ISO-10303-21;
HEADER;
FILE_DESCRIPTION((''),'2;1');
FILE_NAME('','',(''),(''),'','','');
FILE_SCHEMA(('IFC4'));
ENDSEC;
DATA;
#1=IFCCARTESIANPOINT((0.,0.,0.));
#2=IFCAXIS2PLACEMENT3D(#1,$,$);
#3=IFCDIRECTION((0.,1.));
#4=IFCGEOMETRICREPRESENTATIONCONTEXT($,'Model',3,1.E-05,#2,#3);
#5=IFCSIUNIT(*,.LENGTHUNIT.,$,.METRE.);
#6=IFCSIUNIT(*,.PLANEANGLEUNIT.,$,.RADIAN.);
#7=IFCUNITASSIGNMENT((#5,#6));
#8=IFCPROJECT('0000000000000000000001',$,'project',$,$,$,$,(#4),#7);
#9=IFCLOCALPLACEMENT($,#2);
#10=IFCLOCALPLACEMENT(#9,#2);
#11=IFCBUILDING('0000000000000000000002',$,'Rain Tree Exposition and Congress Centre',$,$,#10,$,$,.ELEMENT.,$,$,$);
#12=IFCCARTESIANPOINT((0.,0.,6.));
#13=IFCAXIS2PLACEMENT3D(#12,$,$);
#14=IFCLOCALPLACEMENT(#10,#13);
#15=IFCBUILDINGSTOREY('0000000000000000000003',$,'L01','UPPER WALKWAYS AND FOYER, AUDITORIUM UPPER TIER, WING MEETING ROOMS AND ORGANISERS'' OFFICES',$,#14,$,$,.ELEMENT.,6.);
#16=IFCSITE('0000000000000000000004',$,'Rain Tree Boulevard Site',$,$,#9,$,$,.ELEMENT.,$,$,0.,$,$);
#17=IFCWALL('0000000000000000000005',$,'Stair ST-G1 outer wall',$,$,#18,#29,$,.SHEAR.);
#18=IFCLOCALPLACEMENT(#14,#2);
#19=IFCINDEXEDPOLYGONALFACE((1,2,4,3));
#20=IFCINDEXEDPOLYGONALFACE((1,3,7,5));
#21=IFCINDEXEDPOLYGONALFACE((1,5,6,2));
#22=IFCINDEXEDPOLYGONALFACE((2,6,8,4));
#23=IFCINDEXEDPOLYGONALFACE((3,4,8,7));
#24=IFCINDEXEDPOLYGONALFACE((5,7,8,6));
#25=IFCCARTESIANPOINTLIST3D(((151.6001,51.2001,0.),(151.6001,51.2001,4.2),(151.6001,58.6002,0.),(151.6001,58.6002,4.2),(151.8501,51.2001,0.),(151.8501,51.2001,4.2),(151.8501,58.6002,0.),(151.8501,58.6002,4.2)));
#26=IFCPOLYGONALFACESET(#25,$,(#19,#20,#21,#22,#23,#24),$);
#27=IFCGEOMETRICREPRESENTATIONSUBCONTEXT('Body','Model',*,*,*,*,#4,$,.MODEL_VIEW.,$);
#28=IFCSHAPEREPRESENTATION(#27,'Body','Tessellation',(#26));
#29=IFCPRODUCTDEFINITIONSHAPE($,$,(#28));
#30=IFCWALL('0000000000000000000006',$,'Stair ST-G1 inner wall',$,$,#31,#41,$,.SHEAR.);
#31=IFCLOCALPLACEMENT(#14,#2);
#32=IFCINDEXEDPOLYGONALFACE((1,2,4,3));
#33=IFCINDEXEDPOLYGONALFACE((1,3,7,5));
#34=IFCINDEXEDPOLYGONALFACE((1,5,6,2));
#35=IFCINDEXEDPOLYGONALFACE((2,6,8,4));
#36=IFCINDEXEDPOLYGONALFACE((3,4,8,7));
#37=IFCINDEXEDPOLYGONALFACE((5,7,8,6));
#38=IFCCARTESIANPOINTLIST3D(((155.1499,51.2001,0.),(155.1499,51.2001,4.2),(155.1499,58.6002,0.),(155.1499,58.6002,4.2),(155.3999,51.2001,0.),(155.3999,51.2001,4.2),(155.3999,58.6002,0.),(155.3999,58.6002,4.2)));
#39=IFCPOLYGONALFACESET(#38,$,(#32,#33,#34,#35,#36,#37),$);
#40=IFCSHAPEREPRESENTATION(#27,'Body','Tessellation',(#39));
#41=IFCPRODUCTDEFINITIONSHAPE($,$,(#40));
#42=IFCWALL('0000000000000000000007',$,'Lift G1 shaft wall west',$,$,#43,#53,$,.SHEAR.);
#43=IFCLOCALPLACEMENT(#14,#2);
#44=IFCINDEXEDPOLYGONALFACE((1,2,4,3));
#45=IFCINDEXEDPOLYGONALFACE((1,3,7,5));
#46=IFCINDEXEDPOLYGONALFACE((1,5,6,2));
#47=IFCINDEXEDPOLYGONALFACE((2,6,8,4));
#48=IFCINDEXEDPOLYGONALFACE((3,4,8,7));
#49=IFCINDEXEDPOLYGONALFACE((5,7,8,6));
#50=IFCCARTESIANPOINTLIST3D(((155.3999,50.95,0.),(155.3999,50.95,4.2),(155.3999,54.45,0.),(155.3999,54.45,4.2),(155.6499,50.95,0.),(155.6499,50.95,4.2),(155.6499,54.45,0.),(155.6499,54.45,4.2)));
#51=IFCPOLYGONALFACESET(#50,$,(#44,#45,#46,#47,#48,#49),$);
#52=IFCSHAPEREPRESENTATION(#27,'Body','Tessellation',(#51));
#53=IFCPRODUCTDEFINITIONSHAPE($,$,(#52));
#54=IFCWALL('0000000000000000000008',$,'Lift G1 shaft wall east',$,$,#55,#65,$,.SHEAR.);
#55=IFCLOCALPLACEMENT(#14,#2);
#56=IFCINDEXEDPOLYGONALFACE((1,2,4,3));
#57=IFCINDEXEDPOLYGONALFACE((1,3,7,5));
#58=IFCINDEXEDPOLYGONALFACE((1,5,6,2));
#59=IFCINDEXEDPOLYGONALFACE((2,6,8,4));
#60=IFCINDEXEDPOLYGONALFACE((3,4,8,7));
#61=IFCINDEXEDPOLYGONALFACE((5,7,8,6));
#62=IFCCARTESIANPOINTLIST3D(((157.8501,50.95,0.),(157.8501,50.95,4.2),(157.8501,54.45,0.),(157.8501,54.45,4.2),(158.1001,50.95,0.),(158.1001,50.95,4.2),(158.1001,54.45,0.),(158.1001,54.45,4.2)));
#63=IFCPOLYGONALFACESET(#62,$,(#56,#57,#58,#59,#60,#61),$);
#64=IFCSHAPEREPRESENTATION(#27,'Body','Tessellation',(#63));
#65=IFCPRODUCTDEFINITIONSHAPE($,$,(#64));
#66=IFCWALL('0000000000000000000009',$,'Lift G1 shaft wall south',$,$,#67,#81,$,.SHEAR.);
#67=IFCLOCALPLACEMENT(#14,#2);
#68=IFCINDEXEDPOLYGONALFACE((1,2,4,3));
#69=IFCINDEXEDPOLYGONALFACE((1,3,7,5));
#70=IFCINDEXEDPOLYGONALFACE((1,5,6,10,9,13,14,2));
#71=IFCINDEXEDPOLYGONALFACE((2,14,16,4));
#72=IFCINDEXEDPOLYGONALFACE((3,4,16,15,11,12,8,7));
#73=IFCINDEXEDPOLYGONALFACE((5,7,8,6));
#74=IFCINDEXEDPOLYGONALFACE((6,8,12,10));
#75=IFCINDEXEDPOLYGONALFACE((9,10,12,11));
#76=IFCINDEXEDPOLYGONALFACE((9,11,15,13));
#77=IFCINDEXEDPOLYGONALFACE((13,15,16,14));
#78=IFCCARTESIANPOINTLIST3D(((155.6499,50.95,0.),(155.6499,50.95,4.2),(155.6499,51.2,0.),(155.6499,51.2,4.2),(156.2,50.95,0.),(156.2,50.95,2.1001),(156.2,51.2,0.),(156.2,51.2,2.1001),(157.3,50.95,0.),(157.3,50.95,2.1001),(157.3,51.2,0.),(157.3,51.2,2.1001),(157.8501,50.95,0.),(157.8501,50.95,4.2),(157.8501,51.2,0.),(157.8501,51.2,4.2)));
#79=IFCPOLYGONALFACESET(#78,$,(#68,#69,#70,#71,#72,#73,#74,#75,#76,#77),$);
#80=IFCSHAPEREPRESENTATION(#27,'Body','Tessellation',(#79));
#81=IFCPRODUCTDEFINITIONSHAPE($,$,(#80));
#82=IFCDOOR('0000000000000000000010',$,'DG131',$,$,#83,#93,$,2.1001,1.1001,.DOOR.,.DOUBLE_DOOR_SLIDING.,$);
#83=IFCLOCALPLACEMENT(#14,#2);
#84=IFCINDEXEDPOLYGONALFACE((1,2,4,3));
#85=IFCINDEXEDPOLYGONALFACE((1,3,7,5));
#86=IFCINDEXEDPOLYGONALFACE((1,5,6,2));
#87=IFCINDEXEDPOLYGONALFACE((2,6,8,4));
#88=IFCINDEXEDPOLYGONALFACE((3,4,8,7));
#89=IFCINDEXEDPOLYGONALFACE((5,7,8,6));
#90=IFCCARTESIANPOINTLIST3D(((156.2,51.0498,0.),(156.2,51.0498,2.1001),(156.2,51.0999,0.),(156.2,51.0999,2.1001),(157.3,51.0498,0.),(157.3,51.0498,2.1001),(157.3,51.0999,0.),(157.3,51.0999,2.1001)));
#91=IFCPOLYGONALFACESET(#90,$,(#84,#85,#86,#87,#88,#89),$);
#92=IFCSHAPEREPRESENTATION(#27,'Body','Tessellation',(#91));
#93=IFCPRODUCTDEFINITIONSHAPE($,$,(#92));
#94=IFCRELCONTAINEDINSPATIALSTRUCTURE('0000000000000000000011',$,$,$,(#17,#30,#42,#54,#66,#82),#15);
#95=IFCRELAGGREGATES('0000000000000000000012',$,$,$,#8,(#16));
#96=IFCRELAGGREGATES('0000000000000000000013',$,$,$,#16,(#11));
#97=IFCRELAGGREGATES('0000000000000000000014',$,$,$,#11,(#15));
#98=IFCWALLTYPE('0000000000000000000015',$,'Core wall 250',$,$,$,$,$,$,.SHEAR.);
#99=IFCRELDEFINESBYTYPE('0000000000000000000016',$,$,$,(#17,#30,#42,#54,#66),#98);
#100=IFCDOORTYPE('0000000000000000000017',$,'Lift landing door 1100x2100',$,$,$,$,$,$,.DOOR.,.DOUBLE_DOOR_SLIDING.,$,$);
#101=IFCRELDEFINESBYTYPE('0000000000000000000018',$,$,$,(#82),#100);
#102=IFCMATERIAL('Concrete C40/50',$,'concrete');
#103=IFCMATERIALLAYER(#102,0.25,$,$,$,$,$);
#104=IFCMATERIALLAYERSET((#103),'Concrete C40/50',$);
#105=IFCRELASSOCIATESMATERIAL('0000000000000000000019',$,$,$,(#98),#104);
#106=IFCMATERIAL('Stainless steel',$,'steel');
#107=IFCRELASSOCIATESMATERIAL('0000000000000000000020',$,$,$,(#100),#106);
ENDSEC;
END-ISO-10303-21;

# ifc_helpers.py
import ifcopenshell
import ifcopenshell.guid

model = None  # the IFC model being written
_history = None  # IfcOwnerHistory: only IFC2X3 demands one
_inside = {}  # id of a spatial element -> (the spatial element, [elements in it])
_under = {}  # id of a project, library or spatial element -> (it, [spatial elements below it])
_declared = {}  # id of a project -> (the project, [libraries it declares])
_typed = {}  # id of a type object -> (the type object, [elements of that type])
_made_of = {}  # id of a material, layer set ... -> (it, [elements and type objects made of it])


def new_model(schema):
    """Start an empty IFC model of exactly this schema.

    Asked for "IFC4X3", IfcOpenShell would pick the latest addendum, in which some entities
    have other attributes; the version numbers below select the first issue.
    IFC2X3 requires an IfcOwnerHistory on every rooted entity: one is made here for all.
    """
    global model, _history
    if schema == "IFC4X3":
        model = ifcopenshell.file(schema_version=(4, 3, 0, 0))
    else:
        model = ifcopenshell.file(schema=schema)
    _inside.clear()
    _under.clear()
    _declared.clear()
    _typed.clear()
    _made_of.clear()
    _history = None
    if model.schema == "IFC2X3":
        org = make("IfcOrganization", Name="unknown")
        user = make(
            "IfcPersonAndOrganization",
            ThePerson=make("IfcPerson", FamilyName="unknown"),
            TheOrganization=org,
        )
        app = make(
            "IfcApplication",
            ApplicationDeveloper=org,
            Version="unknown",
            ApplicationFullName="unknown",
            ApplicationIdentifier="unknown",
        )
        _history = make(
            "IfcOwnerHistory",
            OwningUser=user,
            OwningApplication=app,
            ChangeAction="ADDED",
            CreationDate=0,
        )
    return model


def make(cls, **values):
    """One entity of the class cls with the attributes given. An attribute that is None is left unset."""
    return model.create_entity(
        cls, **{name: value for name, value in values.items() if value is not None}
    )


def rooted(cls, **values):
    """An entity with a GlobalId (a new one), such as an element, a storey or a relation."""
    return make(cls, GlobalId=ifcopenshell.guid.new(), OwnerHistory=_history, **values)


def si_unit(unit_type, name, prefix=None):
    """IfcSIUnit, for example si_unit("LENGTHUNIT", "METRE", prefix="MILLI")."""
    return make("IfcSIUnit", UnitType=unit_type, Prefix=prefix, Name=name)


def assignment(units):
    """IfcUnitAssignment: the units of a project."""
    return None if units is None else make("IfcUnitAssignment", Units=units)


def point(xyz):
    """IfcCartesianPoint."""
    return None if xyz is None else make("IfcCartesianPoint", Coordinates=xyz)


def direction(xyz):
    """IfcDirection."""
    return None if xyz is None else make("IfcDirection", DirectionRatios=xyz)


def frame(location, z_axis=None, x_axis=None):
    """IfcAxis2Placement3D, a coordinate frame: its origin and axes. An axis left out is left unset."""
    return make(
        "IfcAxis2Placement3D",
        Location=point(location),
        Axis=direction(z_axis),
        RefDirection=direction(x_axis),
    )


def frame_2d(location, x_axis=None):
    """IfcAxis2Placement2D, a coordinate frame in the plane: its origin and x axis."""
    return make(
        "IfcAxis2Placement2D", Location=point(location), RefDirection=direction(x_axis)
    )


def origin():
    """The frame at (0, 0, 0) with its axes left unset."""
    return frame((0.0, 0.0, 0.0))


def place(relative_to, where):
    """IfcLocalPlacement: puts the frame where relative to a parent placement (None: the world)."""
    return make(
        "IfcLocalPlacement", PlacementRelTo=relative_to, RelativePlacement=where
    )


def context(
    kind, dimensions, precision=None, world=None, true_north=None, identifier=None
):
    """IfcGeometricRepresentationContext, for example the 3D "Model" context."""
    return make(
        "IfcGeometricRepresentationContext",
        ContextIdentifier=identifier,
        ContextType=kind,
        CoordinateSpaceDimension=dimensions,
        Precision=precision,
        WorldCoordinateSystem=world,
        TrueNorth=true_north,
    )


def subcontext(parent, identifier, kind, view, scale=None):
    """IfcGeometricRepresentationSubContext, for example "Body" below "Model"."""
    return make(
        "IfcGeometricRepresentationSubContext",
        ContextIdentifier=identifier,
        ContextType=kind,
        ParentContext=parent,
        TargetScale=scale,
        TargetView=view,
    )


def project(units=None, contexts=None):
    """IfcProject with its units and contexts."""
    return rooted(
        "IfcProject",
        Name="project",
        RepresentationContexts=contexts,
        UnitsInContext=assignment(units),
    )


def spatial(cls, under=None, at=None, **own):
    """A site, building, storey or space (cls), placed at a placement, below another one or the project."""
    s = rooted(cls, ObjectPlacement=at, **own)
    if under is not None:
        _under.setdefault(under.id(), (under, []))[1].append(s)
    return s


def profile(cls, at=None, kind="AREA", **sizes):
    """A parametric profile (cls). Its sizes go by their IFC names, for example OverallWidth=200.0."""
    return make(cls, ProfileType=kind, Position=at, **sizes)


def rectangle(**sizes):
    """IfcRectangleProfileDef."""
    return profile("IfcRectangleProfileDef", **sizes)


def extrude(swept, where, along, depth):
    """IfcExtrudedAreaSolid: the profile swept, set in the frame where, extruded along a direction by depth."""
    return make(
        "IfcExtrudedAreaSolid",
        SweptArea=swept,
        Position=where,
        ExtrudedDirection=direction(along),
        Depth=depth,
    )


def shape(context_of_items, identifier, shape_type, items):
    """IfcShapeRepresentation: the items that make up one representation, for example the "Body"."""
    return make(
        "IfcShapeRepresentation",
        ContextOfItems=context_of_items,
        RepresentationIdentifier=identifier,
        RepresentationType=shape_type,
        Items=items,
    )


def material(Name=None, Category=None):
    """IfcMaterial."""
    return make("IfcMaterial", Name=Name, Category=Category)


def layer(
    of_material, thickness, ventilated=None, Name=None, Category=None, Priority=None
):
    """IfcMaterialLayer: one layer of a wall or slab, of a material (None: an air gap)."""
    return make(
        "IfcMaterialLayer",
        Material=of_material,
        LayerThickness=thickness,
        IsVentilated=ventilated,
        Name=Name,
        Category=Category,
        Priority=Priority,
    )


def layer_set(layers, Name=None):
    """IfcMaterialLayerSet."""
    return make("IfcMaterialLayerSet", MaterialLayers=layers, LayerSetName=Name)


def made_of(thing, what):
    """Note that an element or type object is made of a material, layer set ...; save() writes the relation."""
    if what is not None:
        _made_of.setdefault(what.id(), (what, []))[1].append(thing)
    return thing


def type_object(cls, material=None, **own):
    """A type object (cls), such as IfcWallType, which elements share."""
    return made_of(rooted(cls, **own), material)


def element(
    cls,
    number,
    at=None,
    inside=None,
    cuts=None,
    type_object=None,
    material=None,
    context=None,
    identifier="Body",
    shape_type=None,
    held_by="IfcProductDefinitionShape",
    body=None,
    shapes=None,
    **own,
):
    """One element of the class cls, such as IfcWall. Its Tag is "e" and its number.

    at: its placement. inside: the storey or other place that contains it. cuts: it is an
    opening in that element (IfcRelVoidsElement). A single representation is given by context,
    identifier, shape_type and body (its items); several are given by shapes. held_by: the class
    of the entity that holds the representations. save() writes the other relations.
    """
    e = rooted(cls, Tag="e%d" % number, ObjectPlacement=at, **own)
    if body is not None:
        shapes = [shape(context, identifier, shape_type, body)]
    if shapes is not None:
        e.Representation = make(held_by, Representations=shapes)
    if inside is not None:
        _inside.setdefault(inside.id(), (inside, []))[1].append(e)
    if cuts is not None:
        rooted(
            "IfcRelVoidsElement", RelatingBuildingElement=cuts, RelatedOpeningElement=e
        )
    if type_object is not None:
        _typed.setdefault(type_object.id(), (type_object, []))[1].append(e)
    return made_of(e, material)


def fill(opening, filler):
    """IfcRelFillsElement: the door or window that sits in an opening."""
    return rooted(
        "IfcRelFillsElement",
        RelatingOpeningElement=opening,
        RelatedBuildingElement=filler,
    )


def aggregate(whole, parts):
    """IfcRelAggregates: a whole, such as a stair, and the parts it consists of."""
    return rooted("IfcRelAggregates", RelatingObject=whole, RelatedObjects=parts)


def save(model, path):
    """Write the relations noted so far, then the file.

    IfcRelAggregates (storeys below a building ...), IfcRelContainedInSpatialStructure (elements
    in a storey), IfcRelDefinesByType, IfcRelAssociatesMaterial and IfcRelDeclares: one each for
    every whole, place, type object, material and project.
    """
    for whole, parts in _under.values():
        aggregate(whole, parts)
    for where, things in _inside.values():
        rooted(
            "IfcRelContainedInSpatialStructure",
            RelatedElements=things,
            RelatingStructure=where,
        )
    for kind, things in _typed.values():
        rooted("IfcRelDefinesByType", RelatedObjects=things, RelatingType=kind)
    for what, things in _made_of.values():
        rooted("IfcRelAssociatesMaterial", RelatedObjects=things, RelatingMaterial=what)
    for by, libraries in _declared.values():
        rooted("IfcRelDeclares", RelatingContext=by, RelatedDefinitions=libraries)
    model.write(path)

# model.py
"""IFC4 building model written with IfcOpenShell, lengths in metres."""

from ifc_helpers import new_model, si_unit, direction, frame, frame_2d, origin, place, context, subcontext, project, spatial, rectangle, extrude, material, layer, layer_set, type_object, element, fill, save


model = new_model("IFC4")

# Units and contexts
model_context = context("Model", 3, precision=1e-05, world=origin(), true_north=direction((0.0, 1.0)))
body_context = subcontext(model_context, "Body", "Model", "MODEL_VIEW")
ifc_project = project(units=[si_unit("LENGTHUNIT", "METRE"), si_unit("PLANEANGLEUNIT", "RADIAN")], contexts=[model_context])

# Site, building, storey
site_placement = place(None, origin())
site = spatial("IfcSite", under=ifc_project, at=site_placement, Name="Rain Tree Boulevard Site", CompositionType="ELEMENT", RefElevation=0.0)
building_placement = place(site_placement, origin())
building = spatial("IfcBuilding", under=site, at=building_placement, Name="Rain Tree Exposition and Congress Centre", CompositionType="ELEMENT")
storey_placement = place(building_placement, frame((0.0, 0.0, 6.0)))
storey = spatial("IfcBuildingStorey", under=building, at=storey_placement, Name="L01", Description="UPPER WALKWAYS AND FOYER, AUDITORIUM UPPER TIER, WING MEETING ROOMS AND ORGANISERS' OFFICES", CompositionType="ELEMENT", Elevation=6.0)

# Shared definitions
ifc_material_1 = material(Name="Concrete C40/50", Category="concrete")
ifc_layer_1 = layer(ifc_material_1, 0.25)
ifc_layer_set_1 = layer_set([ifc_layer_1], Name="Concrete C40/50")
wall_type = type_object("IfcWallType", Name="Core wall 250", PredefinedType="SHEAR", material=ifc_layer_set_1)

# Walls
for number, where, z_axis, x_axis, name in (
    (1, (151.7251, 51.2, 0.0), (0.0, 0.0, 1.0), (0.0, 1.0, 0.0), "Stair ST-G1 outer wall"),
    (2, (155.2749, 51.2, 0.0), (0.0, 0.0, 1.0), (0.0, 1.0, 0.0), "Stair ST-G1 inner wall"),
):
    element("IfcWall", number, at=place(storey_placement, frame(where, z_axis=z_axis, x_axis=x_axis)), inside=storey, type_object=wall_type, Name=name, PredefinedType="SHEAR", context=body_context, shape_type="SweptSolid", body=[
        extrude(rectangle(XDim=7.4001, YDim=0.25, at=frame_2d((3.7002, 0.0))), origin(), (0.0, 0.0, 1.0), 4.2),
    ])
for number, where, z_axis, x_axis, name in (
    (3, (155.5249, 50.95, 0.0), (0.0, 0.0, 1.0), (0.0, 1.0, 0.0), "Lift G1 shaft wall west"),
    (4, (157.9751, 50.95, 0.0), (0.0, 0.0, 1.0), (0.0, 1.0, 0.0), "Lift G1 shaft wall east"),
):
    element("IfcWall", number, at=place(storey_placement, frame(where, z_axis=z_axis, x_axis=x_axis)), inside=storey, type_object=wall_type, Name=name, PredefinedType="SHEAR", context=body_context, shape_type="SweptSolid", body=[
        extrude(rectangle(XDim=3.5, YDim=0.25, at=frame_2d((1.75, 0.0))), origin(), (0.0, 0.0, 1.0), 4.2),
    ])

# Wall, opening, door
wall_1_placement = place(storey_placement, frame((155.6499, 51.075, 0.0), z_axis=(0.0, 0.0, 1.0), x_axis=(1.0, 0.0, 0.0)))
wall_1 = element("IfcWall", 5, at=wall_1_placement, inside=storey, type_object=wall_type, Name="Lift G1 shaft wall south", PredefinedType="SHEAR", context=body_context, shape_type="SweptSolid", body=[
    extrude(rectangle(XDim=2.2002, YDim=0.25, at=frame_2d((1.1001, 0.0))), origin(), (0.0, 0.0, 1.0), 4.2),
])
opening_1_placement = place(wall_1_placement, frame((0.55, 0.0, 0.0)))
opening_1 = element("IfcOpeningElement", 6, at=opening_1_placement, cuts=wall_1, PredefinedType="OPENING", context=body_context, shape_type="SweptSolid", body=[
    extrude(rectangle(XDim=1.1001, YDim=2.1001, at=frame_2d((0.55, 1.05))), frame((0.0, 0.125, 0.0), z_axis=(0.0, -1.0, 0.0), x_axis=(1.0, 0.0, 0.0)), (0.0, 0.0, 1.0), 0.25),
])
ifc_material_2 = material(Name="Stainless steel", Category="steel")
door_type_1 = type_object("IfcDoorType", Name="Lift landing door 1100x2100", OperationType="DOUBLE_DOOR_SLIDING", PredefinedType="DOOR", material=ifc_material_2)
door_1_placement = place(opening_1_placement, origin())
door_1 = element("IfcDoor", 7, at=door_1_placement, inside=storey, type_object=door_type_1, Name="DG131", OperationType="DOUBLE_DOOR_SLIDING", OverallHeight=2.1001, OverallWidth=1.1001, PredefinedType="DOOR", context=body_context, shape_type="SweptSolid", body=[
    extrude(rectangle(XDim=1.1001, YDim=2.1001, at=frame_2d((0.55, 1.05))), frame((0.0, 0.0249, 0.0), z_axis=(0.0, -1.0, 0.0), x_axis=(1.0, 0.0, 0.0)), (0.0, 0.0, 1.0), 0.05),
])
fill(opening_1, door_1)

save(model, "model.ifc")
